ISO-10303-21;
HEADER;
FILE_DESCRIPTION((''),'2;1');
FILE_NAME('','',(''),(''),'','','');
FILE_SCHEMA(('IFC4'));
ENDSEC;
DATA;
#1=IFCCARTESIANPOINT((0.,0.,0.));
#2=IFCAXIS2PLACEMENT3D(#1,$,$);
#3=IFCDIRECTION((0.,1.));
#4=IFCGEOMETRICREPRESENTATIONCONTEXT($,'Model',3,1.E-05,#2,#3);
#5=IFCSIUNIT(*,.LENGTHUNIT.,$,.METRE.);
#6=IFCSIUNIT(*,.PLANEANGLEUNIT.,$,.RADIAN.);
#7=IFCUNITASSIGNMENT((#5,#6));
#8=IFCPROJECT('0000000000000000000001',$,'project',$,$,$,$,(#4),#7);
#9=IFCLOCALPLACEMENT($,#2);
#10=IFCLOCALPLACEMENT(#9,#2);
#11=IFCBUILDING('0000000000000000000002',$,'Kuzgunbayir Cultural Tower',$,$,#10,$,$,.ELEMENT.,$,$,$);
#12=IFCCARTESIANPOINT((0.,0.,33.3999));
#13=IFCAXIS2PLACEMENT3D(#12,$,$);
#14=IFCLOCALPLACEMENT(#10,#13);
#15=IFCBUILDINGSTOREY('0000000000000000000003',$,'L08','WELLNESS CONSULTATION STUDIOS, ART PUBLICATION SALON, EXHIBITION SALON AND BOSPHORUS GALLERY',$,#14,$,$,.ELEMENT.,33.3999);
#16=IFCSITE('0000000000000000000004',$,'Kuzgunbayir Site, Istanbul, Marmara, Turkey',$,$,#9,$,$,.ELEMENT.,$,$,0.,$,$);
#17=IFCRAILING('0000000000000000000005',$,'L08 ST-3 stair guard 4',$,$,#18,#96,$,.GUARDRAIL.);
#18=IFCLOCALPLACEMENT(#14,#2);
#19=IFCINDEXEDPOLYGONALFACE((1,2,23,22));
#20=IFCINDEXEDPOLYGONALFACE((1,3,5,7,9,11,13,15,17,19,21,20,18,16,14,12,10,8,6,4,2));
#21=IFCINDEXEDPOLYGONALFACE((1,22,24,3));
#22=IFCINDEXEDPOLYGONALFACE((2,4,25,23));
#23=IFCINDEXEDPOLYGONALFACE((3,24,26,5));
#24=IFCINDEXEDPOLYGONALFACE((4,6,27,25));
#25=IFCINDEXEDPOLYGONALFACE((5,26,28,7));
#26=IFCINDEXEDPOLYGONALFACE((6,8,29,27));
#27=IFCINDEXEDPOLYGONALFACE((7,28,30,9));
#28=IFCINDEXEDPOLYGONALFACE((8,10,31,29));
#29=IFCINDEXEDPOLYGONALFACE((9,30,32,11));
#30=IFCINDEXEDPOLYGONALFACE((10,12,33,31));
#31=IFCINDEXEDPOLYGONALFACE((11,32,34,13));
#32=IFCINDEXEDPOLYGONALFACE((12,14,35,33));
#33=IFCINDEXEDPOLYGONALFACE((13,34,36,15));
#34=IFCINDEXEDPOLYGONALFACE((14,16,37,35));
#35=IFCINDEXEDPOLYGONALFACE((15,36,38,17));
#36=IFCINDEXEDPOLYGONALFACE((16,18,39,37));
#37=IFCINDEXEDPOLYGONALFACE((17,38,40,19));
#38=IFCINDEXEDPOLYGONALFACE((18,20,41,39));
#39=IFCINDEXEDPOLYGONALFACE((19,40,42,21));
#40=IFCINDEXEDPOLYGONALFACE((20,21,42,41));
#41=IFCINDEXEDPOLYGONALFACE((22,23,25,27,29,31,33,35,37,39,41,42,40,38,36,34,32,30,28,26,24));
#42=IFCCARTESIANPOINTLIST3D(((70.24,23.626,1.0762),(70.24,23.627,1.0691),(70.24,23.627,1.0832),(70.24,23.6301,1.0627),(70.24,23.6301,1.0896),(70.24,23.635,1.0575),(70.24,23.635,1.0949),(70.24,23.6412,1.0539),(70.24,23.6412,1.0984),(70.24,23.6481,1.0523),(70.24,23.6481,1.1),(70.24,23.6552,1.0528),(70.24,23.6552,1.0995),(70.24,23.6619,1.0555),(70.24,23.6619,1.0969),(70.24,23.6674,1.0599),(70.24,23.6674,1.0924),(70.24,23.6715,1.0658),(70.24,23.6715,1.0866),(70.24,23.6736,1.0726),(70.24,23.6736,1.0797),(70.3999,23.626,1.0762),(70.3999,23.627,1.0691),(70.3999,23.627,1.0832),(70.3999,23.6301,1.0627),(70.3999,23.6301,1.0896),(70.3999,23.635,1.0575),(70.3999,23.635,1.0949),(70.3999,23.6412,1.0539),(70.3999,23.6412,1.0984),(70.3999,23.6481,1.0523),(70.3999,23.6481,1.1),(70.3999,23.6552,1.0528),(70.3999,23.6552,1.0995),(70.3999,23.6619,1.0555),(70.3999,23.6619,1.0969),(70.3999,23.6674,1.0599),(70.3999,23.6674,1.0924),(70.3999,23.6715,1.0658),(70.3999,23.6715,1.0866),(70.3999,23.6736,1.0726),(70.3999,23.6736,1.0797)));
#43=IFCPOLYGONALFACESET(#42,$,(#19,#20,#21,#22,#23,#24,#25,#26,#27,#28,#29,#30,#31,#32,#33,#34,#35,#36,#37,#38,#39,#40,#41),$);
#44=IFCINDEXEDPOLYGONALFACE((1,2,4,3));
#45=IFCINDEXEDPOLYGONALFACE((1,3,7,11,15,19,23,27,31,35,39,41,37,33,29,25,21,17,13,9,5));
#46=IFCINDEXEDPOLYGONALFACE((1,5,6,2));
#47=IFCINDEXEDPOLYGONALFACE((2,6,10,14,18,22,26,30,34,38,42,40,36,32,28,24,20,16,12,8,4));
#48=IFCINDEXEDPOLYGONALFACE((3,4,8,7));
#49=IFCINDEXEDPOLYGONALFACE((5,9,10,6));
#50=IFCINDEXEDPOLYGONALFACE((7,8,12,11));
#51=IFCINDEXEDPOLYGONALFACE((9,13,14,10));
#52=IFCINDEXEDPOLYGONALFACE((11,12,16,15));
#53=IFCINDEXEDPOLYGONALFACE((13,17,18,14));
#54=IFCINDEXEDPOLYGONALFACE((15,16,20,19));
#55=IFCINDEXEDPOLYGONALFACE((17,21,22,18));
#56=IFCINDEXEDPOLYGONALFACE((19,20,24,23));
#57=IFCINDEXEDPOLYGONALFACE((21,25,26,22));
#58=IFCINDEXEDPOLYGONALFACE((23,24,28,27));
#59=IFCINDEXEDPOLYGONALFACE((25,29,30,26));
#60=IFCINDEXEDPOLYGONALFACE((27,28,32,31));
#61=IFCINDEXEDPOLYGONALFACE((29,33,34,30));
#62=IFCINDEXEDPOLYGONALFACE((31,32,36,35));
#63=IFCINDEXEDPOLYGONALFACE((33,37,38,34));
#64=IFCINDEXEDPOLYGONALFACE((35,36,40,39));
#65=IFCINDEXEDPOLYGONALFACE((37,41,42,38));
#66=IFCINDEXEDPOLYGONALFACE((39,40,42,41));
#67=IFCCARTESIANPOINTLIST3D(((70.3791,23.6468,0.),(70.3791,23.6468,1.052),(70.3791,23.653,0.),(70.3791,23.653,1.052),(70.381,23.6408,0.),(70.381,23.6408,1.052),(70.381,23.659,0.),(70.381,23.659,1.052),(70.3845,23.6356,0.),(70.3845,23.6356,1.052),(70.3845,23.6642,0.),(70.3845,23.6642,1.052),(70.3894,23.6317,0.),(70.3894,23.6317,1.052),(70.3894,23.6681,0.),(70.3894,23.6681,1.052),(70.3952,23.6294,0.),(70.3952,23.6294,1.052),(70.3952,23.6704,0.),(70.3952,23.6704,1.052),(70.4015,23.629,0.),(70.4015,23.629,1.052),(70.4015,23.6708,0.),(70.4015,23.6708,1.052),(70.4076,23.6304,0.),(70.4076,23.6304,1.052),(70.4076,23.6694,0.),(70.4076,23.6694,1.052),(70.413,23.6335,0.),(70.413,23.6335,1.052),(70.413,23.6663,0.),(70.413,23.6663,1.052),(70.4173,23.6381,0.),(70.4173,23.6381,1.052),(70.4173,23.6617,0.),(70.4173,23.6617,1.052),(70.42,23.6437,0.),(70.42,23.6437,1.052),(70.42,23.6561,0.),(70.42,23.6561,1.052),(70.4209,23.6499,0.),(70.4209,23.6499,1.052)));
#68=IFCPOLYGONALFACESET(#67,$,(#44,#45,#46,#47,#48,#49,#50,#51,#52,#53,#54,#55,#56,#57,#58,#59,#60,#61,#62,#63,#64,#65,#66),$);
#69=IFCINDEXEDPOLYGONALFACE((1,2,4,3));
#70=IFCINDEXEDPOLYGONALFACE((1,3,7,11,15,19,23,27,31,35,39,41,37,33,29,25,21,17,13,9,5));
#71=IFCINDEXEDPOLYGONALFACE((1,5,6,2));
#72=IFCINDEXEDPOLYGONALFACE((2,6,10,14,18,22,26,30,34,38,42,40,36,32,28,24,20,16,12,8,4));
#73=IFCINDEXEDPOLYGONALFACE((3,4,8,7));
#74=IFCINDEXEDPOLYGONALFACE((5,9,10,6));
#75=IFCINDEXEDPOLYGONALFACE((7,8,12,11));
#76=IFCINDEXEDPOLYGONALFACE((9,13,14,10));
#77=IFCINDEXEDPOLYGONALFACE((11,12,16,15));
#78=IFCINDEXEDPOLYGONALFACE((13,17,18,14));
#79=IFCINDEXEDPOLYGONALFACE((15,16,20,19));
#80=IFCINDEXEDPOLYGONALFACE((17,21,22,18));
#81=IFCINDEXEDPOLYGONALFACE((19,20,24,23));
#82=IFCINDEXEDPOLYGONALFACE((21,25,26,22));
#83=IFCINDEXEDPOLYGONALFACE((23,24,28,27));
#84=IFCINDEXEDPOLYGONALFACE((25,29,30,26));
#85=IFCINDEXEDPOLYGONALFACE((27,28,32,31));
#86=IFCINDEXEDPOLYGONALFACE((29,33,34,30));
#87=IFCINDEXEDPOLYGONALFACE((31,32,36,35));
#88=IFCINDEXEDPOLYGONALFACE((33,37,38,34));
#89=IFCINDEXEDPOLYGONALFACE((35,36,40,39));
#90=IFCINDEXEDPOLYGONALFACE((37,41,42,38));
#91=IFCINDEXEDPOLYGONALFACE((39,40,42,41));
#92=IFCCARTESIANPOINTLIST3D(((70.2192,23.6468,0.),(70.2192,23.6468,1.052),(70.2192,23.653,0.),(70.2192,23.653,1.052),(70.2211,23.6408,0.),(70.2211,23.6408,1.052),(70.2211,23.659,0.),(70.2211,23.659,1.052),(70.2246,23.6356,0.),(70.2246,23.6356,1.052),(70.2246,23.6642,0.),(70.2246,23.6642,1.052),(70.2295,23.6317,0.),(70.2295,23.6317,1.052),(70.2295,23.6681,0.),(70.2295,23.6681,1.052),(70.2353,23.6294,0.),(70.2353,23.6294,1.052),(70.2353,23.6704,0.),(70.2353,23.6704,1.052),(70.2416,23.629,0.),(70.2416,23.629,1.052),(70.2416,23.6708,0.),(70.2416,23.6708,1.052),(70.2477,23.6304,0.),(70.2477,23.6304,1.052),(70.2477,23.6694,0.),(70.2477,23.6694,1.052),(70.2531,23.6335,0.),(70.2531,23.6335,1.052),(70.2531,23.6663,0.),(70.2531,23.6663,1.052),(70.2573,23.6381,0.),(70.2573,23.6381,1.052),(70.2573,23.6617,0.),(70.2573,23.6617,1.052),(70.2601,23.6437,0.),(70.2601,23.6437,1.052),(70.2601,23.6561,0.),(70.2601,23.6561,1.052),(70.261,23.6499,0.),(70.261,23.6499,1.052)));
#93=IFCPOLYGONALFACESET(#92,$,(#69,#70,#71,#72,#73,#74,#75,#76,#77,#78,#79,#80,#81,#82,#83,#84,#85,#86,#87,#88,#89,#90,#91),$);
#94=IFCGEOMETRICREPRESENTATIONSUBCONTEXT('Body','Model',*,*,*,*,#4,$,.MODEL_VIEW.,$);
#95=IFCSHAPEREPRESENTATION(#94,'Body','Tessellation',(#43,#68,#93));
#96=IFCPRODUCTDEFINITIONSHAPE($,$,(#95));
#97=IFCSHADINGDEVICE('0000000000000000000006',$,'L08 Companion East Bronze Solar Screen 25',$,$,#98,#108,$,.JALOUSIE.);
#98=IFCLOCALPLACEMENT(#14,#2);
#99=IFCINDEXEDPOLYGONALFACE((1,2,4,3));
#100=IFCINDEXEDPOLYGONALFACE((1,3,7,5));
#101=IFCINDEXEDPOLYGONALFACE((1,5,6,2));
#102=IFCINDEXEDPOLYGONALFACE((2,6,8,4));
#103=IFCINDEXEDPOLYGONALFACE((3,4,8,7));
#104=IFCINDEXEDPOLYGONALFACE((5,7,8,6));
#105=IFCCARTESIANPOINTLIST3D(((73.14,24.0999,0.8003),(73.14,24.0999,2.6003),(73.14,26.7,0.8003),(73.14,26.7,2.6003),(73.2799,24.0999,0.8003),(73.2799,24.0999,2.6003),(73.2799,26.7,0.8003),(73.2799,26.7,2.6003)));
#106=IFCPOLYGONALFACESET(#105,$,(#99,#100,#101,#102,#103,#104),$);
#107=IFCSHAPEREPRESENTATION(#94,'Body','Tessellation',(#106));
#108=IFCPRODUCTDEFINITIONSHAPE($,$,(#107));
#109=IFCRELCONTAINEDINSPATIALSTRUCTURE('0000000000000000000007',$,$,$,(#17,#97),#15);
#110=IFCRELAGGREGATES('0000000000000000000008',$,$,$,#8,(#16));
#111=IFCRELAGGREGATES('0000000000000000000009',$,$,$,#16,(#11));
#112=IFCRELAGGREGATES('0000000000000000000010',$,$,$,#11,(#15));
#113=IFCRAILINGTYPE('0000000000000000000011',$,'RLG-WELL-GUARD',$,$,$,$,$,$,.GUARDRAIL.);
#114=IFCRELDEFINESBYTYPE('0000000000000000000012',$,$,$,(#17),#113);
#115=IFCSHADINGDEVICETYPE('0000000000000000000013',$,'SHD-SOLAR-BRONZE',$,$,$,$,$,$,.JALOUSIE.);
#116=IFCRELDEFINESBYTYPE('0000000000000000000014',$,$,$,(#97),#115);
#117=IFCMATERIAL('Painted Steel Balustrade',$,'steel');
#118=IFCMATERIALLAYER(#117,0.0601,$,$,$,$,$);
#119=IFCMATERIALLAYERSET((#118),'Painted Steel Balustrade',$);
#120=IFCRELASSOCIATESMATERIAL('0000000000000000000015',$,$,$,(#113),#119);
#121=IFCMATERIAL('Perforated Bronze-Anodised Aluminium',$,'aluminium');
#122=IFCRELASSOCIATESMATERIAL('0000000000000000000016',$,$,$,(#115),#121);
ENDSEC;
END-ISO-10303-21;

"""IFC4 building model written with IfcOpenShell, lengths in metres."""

from ifc_helpers import new_model, si_unit, direction, frame, origin, origin_2d, place, context, subcontext, project, spatial, rectangle, circle, extrude, material, layer, layer_set, type_object, element, save


model = new_model("IFC4")

# Units and contexts
model_context = context("Model", 3, precision=1e-05, world=origin(), true_north=direction((0.0, 1.0)))
body_context = subcontext(model_context, "Body", "Model", "MODEL_VIEW")
ifc_project = project(units=[si_unit("LENGTHUNIT", "METRE"), si_unit("PLANEANGLEUNIT", "RADIAN")], contexts=[model_context])

# Site, building, storey
site_placement = place(None, origin())
site = spatial("IfcSite", under=ifc_project, at=site_placement, Name="Kuzgunbayir Site, Istanbul, Marmara, Turkey", CompositionType="ELEMENT", RefElevation=0.0)
building_placement = place(site_placement, origin())
building = spatial("IfcBuilding", under=site, at=building_placement, Name="Kuzgunbayir Cultural Tower", CompositionType="ELEMENT")
storey_placement = place(building_placement, frame((0.0, 0.0, 33.3999)))
storey = spatial("IfcBuildingStorey", under=building, at=storey_placement, Name="L08", Description="WELLNESS CONSULTATION STUDIOS, ART PUBLICATION SALON, EXHIBITION SALON AND BOSPHORUS GALLERY", CompositionType="ELEMENT", Elevation=33.3999)

# Railing
ifc_material_1 = material(Name="Painted Steel Balustrade", Category="steel")
ifc_layer_1 = layer(ifc_material_1, 0.0601)
ifc_layer_set_1 = layer_set([ifc_layer_1], Name="Painted Steel Balustrade")
railing_type_1 = type_object("IfcRailingType", Name="RLG-WELL-GUARD", PredefinedType="GUARDRAIL", material=ifc_layer_set_1)
railing_1_placement = place(storey_placement, frame((70.3999, 23.6499, 0.0)))
element("IfcRailing", 1, at=railing_1_placement, inside=storey, type_object=railing_type_1, Name="L08 ST-3 stair guard 4", PredefinedType="GUARDRAIL", context=body_context, shape_type="SweptSolid", body=[
    extrude(circle(Radius=0.0239, at=origin_2d()), frame((0.0, 0.0, 1.0762), z_axis=(-1.0, 0.0, 0.0), x_axis=(0.0, -1.0, 0.0)), (0.0, 0.0, 1.0), 0.1599),
    extrude(circle(Radius=0.021, at=origin_2d()), origin(), (0.0, 0.0, 1.0), 1.052),
    extrude(circle(Radius=0.021, at=origin_2d()), frame((-0.1599, 0.0, 0.0)), (0.0, 0.0, 1.0), 1.052),
])

# Shading device
ifc_material_2 = material(Name="Perforated Bronze-Anodised Aluminium", Category="aluminium")
shading_device_type = type_object("IfcShadingDeviceType", Name="SHD-SOLAR-BRONZE", PredefinedType="JALOUSIE", material=ifc_material_2)
shading_device_placement = place(storey_placement, frame((73.21, 25.3999, 0.8003), z_axis=(0.0, 0.0, 1.0), x_axis=(1.0, 0.0, 0.0)))
element("IfcShadingDevice", 2, at=shading_device_placement, inside=storey, type_object=shading_device_type, Name="L08 Companion East Bronze Solar Screen 25", PredefinedType="JALOUSIE", context=body_context, shape_type="SweptSolid", body=[
    extrude(rectangle(XDim=0.1399, YDim=2.6001, at=origin_2d()), origin(), (0.0, 0.0, 1.0), 1.8),
])

save(model, "model.ifc")
